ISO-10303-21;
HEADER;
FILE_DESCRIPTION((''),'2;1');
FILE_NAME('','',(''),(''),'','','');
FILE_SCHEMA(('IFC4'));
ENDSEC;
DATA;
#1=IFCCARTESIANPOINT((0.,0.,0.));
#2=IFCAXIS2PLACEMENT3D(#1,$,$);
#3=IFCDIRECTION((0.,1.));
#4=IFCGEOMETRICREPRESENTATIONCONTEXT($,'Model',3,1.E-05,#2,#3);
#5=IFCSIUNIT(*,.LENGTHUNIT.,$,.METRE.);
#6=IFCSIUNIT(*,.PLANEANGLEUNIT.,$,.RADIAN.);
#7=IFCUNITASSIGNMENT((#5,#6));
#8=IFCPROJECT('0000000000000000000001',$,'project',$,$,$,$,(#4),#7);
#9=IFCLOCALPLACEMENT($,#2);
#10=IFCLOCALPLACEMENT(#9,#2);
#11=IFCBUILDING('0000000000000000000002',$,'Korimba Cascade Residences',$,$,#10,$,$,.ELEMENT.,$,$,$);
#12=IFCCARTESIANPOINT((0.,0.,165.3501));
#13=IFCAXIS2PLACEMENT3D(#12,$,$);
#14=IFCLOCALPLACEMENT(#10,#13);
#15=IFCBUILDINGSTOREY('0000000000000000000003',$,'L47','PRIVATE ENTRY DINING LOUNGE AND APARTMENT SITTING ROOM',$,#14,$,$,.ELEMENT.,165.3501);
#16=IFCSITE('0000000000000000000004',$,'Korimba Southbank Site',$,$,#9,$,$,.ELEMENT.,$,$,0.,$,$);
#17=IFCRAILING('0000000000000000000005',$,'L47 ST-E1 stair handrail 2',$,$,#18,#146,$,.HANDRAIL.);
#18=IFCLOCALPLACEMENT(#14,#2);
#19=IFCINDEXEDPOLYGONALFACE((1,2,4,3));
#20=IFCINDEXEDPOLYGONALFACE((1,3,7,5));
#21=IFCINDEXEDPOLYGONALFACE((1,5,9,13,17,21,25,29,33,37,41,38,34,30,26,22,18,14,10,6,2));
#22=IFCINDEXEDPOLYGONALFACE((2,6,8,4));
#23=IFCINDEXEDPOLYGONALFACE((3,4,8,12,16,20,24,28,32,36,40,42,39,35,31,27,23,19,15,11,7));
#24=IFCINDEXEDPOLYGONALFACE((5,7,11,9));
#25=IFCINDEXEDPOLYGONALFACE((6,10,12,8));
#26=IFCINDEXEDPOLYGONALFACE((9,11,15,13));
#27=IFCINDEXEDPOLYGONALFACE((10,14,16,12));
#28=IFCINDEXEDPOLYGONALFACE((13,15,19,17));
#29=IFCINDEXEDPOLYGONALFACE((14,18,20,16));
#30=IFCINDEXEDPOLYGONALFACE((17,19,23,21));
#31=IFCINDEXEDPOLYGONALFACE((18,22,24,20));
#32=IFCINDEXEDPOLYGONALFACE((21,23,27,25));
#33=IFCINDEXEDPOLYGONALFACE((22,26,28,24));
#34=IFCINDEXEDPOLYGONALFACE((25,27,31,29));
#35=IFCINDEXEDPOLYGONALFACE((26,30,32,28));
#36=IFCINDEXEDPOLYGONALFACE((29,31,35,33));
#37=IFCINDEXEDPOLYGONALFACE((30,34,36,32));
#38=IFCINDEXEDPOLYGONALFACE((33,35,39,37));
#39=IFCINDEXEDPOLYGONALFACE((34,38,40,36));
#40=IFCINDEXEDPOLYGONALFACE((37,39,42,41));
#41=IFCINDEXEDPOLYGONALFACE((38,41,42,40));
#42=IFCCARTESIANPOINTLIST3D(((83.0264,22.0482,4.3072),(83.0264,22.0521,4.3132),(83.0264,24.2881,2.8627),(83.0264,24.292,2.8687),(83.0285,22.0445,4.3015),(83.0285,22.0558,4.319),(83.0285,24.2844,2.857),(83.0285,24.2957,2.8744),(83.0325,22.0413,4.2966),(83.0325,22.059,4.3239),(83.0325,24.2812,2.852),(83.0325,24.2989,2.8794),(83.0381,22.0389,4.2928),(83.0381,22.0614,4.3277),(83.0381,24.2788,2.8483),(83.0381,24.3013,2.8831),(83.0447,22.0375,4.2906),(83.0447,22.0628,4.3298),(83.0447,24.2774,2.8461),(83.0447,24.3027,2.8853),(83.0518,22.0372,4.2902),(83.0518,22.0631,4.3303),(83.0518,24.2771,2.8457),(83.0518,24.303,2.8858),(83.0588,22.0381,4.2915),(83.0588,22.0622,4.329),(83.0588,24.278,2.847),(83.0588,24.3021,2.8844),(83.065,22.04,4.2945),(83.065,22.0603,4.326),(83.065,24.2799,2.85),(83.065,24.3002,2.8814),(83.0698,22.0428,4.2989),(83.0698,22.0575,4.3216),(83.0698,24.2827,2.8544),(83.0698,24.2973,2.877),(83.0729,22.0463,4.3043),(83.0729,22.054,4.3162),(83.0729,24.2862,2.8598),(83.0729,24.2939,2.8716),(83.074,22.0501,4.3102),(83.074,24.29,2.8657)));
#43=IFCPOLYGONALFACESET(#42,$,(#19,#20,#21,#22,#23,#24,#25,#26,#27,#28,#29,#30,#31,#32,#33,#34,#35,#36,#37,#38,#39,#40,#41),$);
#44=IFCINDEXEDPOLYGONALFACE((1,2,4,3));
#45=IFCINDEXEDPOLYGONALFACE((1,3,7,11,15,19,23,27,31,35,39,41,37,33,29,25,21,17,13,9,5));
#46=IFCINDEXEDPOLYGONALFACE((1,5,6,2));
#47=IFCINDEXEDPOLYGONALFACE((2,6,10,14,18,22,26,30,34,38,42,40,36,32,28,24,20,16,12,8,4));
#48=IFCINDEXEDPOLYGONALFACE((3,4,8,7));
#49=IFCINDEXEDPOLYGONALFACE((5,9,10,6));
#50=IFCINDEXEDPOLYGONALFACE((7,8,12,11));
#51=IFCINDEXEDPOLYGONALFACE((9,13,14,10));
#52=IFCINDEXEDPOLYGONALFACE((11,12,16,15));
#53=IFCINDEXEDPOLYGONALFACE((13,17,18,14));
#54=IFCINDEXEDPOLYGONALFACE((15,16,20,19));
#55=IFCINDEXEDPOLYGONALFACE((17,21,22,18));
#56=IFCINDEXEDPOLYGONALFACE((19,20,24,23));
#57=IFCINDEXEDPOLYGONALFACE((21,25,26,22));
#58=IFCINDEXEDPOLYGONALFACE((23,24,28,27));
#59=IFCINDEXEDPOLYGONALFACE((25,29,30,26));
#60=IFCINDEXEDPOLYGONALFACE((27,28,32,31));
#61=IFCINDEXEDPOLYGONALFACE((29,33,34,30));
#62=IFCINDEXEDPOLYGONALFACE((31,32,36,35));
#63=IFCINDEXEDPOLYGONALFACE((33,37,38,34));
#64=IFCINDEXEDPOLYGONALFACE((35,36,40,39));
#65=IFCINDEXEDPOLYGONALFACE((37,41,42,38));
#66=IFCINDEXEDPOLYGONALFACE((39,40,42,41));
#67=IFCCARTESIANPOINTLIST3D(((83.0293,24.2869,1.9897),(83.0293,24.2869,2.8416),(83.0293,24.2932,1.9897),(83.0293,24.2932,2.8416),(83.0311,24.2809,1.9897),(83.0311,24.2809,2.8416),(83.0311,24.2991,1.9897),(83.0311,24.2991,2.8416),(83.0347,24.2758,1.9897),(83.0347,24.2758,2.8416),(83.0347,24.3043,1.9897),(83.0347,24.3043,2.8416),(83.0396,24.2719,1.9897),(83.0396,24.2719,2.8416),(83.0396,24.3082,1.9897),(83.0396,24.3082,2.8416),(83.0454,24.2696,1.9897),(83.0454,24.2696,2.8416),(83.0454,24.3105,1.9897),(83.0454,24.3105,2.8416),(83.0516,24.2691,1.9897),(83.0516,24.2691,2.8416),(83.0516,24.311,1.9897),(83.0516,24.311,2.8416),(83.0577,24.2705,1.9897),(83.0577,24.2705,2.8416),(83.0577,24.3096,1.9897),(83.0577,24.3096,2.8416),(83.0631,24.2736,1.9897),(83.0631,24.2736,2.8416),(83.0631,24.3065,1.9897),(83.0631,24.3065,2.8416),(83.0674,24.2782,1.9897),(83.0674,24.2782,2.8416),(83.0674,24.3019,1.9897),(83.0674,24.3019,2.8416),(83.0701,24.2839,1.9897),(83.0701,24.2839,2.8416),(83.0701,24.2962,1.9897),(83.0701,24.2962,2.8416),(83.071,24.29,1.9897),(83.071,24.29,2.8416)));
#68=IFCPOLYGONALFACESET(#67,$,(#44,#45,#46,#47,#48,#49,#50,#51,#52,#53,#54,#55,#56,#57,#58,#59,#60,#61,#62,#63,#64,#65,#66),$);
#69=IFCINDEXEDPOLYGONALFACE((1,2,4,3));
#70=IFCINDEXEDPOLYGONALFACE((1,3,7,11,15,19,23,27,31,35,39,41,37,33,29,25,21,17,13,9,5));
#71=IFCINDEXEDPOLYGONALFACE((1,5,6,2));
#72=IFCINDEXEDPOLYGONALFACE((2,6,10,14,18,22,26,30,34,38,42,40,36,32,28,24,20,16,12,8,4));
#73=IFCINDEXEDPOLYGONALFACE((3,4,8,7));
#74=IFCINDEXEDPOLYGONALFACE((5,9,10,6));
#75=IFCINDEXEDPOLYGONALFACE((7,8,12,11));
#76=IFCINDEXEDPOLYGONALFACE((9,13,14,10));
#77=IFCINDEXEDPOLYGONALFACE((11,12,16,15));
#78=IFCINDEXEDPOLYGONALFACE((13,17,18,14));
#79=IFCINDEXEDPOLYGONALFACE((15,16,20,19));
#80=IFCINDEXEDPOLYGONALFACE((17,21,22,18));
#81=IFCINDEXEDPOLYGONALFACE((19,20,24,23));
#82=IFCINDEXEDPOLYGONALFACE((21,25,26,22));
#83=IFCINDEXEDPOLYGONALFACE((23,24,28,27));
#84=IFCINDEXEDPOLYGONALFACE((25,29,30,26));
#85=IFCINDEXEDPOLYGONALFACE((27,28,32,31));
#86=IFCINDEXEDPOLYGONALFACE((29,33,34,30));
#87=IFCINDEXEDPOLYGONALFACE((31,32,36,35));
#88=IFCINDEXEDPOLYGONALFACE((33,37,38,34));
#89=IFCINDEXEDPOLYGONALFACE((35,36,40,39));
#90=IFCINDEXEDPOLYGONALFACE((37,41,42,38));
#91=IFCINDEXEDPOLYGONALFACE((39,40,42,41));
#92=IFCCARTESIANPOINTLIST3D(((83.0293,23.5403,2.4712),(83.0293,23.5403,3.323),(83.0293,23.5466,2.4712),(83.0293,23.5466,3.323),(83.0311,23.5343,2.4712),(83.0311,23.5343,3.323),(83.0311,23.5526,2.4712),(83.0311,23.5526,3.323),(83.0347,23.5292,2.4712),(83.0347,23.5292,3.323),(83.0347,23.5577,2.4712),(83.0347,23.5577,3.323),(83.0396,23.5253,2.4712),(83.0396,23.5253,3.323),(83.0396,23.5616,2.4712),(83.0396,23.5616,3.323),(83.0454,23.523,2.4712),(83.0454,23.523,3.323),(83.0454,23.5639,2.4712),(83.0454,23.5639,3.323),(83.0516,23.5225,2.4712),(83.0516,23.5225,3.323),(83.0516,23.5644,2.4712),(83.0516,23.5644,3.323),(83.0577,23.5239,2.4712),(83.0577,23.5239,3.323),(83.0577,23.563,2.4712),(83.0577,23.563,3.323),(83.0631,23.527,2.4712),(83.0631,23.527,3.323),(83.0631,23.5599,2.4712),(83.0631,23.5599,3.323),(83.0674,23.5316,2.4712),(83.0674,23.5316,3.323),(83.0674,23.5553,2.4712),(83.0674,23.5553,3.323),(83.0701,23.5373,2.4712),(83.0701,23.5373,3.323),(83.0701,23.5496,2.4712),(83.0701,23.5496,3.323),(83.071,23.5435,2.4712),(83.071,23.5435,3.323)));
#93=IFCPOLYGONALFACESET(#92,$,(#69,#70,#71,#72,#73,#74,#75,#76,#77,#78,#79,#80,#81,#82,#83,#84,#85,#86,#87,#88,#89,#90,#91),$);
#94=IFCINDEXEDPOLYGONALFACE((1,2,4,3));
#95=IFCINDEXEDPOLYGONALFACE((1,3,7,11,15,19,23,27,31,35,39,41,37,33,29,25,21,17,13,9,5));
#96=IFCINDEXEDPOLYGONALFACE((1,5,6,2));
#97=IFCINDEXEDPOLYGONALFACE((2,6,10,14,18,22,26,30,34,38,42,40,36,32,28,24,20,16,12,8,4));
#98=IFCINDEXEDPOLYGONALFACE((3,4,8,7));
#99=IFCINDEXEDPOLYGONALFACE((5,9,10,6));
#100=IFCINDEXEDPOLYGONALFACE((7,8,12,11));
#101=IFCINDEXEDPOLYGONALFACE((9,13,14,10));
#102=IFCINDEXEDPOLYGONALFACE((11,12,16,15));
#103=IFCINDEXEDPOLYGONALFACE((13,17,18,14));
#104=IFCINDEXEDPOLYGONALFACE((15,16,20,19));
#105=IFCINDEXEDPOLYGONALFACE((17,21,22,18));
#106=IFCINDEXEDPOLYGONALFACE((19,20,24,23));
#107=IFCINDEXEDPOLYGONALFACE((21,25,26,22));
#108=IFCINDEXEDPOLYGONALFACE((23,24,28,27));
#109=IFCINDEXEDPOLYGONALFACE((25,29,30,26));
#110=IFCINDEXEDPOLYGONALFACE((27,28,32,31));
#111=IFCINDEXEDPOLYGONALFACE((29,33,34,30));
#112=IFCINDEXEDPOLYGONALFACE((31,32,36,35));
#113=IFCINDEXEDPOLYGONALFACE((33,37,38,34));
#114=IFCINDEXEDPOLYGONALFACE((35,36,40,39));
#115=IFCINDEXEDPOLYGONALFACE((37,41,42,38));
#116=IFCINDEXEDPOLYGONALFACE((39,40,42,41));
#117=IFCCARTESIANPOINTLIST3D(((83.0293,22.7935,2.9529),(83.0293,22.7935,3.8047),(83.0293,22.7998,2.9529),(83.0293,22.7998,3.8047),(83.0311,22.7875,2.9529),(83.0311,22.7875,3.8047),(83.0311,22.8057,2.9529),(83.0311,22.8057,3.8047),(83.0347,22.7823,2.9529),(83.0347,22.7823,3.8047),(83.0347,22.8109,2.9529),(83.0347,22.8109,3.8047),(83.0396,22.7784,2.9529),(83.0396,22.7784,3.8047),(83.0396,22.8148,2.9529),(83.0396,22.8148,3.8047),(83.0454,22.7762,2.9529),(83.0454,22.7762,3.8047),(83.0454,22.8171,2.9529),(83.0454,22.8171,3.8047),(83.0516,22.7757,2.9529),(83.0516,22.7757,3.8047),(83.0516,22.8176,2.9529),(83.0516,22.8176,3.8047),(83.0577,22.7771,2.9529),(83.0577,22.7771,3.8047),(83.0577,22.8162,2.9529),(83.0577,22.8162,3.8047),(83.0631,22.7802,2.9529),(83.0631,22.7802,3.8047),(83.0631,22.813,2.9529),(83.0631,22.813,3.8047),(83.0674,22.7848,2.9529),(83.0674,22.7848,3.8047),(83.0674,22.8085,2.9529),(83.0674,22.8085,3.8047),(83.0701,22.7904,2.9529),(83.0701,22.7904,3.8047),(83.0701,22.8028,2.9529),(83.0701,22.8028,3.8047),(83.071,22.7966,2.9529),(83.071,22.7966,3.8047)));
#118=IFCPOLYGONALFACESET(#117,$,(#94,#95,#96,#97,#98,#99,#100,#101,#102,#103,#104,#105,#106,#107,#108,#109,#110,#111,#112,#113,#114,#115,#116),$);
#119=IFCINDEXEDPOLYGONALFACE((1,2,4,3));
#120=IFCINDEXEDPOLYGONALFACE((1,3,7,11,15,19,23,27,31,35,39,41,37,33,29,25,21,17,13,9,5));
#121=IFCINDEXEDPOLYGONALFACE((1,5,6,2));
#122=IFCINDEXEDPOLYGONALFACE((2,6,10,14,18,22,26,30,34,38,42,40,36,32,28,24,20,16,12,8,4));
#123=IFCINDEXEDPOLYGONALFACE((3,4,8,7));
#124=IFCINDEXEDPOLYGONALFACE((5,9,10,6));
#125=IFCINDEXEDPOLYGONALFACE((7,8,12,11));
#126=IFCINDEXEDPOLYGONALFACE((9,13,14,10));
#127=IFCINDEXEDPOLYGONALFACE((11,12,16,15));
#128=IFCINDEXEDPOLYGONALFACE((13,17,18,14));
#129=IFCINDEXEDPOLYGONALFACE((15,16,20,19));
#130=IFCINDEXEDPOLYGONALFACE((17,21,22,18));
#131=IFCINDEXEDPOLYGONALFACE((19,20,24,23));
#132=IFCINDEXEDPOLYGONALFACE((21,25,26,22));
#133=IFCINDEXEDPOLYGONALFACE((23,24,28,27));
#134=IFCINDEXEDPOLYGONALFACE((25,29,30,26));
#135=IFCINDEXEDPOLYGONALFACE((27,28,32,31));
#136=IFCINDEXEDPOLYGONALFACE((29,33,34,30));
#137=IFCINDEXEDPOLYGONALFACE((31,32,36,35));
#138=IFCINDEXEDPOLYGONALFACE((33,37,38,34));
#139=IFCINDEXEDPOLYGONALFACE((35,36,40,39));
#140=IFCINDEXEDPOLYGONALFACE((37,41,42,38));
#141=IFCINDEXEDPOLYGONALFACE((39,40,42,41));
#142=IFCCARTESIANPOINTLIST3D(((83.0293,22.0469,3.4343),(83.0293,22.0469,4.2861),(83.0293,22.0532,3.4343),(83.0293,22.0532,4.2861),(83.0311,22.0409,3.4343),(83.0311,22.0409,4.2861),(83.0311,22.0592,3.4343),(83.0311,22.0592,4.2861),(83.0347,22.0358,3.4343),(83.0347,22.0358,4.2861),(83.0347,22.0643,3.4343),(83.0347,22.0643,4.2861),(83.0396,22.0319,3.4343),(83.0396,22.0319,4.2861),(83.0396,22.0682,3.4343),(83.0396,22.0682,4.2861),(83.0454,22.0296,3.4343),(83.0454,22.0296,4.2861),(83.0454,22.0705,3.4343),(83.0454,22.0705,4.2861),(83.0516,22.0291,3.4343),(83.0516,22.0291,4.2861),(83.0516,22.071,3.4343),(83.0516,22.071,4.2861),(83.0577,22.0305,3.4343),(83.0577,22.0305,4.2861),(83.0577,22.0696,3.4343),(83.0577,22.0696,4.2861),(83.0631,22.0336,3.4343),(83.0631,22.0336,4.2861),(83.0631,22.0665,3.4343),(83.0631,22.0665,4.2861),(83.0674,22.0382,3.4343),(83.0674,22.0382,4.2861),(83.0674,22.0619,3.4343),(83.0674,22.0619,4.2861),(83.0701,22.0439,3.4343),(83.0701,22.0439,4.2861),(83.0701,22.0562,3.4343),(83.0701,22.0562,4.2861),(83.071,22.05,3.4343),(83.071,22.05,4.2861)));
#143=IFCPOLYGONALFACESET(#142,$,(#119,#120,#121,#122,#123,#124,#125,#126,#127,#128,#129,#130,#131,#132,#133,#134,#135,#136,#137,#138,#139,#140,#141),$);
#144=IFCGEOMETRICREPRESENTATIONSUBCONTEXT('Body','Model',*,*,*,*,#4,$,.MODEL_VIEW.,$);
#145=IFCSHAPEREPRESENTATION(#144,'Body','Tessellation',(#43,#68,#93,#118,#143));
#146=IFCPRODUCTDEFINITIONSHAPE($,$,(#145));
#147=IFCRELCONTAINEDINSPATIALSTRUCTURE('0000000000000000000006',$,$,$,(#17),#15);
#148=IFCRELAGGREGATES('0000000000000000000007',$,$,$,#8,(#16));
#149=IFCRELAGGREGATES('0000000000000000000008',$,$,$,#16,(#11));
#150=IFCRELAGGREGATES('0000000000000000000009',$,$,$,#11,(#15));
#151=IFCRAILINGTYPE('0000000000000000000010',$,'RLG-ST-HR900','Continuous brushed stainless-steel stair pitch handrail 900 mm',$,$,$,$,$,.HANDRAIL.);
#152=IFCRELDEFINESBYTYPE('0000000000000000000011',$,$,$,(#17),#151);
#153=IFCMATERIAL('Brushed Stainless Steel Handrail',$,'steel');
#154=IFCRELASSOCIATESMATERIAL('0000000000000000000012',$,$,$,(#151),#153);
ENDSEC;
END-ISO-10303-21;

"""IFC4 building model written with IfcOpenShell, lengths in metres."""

from ifc_helpers import new_model, si_unit, direction, frame, origin, origin_2d, place, context, subcontext, project, spatial, circle, extrude, material, type_object, element, save


model = new_model("IFC4")

# Units and contexts
model_context = context("Model", 3, precision=1e-05, world=origin(), true_north=direction((0.0, 1.0)))
body_context = subcontext(model_context, "Body", "Model", "MODEL_VIEW")
ifc_project = project(units=[si_unit("LENGTHUNIT", "METRE"), si_unit("PLANEANGLEUNIT", "RADIAN")], contexts=[model_context])

# Site, building, storey
site_placement = place(None, origin())
site = spatial("IfcSite", under=ifc_project, at=site_placement, Name="Korimba Southbank Site", CompositionType="ELEMENT", RefElevation=0.0)
building_placement = place(site_placement, origin())
building = spatial("IfcBuilding", under=site, at=building_placement, Name="Korimba Cascade Residences", CompositionType="ELEMENT")
storey_placement = place(building_placement, frame((0.0, 0.0, 165.3501)))
storey = spatial("IfcBuildingStorey", under=building, at=storey_placement, Name="L47", Description="PRIVATE ENTRY DINING LOUNGE AND APARTMENT SITTING ROOM", CompositionType="ELEMENT", Elevation=165.3501)

# Railing
ifc_material_1 = material(Name="Brushed Stainless Steel Handrail", Category="steel")
railing_type_1 = type_object("IfcRailingType", Name="RLG-ST-HR900", Description="Continuous brushed stainless-steel stair pitch handrail 900 mm", PredefinedType="HANDRAIL", material=ifc_material_1)
railing_1_placement = place(storey_placement, frame((83.05, 24.29, 1.9897)))
element("IfcRailing", 1, at=railing_1_placement, inside=storey, type_object=railing_type_1, Name="L47 ST-E1 stair handrail 2", PredefinedType="HANDRAIL", context=body_context, shape_type="SweptSolid", body=[
    extrude(circle(Radius=0.0239, at=origin_2d()), frame((0.0, 0.0, 0.876), z_axis=(0.0, -0.840395, 0.541975), x_axis=(1.0, 0.0, 0.0)), (0.0, 0.0, 1.0), 2.6653),
    extrude(circle(Radius=0.021, at=origin_2d()), origin(), (0.0, 0.0, 1.0), 0.8518),
    extrude(circle(Radius=0.021, at=origin_2d()), frame((0.0, -0.7466, 0.4814)), (0.0, 0.0, 1.0), 0.8518),
    extrude(circle(Radius=0.021, at=origin_2d()), frame((0.0, -1.4934, 0.9631)), (0.0, 0.0, 1.0), 0.8518),
    extrude(circle(Radius=0.021, at=origin_2d()), frame((0.0, -2.24, 1.4446)), (0.0, 0.0, 1.0), 0.8518),
])

save(model, "model.ifc")
